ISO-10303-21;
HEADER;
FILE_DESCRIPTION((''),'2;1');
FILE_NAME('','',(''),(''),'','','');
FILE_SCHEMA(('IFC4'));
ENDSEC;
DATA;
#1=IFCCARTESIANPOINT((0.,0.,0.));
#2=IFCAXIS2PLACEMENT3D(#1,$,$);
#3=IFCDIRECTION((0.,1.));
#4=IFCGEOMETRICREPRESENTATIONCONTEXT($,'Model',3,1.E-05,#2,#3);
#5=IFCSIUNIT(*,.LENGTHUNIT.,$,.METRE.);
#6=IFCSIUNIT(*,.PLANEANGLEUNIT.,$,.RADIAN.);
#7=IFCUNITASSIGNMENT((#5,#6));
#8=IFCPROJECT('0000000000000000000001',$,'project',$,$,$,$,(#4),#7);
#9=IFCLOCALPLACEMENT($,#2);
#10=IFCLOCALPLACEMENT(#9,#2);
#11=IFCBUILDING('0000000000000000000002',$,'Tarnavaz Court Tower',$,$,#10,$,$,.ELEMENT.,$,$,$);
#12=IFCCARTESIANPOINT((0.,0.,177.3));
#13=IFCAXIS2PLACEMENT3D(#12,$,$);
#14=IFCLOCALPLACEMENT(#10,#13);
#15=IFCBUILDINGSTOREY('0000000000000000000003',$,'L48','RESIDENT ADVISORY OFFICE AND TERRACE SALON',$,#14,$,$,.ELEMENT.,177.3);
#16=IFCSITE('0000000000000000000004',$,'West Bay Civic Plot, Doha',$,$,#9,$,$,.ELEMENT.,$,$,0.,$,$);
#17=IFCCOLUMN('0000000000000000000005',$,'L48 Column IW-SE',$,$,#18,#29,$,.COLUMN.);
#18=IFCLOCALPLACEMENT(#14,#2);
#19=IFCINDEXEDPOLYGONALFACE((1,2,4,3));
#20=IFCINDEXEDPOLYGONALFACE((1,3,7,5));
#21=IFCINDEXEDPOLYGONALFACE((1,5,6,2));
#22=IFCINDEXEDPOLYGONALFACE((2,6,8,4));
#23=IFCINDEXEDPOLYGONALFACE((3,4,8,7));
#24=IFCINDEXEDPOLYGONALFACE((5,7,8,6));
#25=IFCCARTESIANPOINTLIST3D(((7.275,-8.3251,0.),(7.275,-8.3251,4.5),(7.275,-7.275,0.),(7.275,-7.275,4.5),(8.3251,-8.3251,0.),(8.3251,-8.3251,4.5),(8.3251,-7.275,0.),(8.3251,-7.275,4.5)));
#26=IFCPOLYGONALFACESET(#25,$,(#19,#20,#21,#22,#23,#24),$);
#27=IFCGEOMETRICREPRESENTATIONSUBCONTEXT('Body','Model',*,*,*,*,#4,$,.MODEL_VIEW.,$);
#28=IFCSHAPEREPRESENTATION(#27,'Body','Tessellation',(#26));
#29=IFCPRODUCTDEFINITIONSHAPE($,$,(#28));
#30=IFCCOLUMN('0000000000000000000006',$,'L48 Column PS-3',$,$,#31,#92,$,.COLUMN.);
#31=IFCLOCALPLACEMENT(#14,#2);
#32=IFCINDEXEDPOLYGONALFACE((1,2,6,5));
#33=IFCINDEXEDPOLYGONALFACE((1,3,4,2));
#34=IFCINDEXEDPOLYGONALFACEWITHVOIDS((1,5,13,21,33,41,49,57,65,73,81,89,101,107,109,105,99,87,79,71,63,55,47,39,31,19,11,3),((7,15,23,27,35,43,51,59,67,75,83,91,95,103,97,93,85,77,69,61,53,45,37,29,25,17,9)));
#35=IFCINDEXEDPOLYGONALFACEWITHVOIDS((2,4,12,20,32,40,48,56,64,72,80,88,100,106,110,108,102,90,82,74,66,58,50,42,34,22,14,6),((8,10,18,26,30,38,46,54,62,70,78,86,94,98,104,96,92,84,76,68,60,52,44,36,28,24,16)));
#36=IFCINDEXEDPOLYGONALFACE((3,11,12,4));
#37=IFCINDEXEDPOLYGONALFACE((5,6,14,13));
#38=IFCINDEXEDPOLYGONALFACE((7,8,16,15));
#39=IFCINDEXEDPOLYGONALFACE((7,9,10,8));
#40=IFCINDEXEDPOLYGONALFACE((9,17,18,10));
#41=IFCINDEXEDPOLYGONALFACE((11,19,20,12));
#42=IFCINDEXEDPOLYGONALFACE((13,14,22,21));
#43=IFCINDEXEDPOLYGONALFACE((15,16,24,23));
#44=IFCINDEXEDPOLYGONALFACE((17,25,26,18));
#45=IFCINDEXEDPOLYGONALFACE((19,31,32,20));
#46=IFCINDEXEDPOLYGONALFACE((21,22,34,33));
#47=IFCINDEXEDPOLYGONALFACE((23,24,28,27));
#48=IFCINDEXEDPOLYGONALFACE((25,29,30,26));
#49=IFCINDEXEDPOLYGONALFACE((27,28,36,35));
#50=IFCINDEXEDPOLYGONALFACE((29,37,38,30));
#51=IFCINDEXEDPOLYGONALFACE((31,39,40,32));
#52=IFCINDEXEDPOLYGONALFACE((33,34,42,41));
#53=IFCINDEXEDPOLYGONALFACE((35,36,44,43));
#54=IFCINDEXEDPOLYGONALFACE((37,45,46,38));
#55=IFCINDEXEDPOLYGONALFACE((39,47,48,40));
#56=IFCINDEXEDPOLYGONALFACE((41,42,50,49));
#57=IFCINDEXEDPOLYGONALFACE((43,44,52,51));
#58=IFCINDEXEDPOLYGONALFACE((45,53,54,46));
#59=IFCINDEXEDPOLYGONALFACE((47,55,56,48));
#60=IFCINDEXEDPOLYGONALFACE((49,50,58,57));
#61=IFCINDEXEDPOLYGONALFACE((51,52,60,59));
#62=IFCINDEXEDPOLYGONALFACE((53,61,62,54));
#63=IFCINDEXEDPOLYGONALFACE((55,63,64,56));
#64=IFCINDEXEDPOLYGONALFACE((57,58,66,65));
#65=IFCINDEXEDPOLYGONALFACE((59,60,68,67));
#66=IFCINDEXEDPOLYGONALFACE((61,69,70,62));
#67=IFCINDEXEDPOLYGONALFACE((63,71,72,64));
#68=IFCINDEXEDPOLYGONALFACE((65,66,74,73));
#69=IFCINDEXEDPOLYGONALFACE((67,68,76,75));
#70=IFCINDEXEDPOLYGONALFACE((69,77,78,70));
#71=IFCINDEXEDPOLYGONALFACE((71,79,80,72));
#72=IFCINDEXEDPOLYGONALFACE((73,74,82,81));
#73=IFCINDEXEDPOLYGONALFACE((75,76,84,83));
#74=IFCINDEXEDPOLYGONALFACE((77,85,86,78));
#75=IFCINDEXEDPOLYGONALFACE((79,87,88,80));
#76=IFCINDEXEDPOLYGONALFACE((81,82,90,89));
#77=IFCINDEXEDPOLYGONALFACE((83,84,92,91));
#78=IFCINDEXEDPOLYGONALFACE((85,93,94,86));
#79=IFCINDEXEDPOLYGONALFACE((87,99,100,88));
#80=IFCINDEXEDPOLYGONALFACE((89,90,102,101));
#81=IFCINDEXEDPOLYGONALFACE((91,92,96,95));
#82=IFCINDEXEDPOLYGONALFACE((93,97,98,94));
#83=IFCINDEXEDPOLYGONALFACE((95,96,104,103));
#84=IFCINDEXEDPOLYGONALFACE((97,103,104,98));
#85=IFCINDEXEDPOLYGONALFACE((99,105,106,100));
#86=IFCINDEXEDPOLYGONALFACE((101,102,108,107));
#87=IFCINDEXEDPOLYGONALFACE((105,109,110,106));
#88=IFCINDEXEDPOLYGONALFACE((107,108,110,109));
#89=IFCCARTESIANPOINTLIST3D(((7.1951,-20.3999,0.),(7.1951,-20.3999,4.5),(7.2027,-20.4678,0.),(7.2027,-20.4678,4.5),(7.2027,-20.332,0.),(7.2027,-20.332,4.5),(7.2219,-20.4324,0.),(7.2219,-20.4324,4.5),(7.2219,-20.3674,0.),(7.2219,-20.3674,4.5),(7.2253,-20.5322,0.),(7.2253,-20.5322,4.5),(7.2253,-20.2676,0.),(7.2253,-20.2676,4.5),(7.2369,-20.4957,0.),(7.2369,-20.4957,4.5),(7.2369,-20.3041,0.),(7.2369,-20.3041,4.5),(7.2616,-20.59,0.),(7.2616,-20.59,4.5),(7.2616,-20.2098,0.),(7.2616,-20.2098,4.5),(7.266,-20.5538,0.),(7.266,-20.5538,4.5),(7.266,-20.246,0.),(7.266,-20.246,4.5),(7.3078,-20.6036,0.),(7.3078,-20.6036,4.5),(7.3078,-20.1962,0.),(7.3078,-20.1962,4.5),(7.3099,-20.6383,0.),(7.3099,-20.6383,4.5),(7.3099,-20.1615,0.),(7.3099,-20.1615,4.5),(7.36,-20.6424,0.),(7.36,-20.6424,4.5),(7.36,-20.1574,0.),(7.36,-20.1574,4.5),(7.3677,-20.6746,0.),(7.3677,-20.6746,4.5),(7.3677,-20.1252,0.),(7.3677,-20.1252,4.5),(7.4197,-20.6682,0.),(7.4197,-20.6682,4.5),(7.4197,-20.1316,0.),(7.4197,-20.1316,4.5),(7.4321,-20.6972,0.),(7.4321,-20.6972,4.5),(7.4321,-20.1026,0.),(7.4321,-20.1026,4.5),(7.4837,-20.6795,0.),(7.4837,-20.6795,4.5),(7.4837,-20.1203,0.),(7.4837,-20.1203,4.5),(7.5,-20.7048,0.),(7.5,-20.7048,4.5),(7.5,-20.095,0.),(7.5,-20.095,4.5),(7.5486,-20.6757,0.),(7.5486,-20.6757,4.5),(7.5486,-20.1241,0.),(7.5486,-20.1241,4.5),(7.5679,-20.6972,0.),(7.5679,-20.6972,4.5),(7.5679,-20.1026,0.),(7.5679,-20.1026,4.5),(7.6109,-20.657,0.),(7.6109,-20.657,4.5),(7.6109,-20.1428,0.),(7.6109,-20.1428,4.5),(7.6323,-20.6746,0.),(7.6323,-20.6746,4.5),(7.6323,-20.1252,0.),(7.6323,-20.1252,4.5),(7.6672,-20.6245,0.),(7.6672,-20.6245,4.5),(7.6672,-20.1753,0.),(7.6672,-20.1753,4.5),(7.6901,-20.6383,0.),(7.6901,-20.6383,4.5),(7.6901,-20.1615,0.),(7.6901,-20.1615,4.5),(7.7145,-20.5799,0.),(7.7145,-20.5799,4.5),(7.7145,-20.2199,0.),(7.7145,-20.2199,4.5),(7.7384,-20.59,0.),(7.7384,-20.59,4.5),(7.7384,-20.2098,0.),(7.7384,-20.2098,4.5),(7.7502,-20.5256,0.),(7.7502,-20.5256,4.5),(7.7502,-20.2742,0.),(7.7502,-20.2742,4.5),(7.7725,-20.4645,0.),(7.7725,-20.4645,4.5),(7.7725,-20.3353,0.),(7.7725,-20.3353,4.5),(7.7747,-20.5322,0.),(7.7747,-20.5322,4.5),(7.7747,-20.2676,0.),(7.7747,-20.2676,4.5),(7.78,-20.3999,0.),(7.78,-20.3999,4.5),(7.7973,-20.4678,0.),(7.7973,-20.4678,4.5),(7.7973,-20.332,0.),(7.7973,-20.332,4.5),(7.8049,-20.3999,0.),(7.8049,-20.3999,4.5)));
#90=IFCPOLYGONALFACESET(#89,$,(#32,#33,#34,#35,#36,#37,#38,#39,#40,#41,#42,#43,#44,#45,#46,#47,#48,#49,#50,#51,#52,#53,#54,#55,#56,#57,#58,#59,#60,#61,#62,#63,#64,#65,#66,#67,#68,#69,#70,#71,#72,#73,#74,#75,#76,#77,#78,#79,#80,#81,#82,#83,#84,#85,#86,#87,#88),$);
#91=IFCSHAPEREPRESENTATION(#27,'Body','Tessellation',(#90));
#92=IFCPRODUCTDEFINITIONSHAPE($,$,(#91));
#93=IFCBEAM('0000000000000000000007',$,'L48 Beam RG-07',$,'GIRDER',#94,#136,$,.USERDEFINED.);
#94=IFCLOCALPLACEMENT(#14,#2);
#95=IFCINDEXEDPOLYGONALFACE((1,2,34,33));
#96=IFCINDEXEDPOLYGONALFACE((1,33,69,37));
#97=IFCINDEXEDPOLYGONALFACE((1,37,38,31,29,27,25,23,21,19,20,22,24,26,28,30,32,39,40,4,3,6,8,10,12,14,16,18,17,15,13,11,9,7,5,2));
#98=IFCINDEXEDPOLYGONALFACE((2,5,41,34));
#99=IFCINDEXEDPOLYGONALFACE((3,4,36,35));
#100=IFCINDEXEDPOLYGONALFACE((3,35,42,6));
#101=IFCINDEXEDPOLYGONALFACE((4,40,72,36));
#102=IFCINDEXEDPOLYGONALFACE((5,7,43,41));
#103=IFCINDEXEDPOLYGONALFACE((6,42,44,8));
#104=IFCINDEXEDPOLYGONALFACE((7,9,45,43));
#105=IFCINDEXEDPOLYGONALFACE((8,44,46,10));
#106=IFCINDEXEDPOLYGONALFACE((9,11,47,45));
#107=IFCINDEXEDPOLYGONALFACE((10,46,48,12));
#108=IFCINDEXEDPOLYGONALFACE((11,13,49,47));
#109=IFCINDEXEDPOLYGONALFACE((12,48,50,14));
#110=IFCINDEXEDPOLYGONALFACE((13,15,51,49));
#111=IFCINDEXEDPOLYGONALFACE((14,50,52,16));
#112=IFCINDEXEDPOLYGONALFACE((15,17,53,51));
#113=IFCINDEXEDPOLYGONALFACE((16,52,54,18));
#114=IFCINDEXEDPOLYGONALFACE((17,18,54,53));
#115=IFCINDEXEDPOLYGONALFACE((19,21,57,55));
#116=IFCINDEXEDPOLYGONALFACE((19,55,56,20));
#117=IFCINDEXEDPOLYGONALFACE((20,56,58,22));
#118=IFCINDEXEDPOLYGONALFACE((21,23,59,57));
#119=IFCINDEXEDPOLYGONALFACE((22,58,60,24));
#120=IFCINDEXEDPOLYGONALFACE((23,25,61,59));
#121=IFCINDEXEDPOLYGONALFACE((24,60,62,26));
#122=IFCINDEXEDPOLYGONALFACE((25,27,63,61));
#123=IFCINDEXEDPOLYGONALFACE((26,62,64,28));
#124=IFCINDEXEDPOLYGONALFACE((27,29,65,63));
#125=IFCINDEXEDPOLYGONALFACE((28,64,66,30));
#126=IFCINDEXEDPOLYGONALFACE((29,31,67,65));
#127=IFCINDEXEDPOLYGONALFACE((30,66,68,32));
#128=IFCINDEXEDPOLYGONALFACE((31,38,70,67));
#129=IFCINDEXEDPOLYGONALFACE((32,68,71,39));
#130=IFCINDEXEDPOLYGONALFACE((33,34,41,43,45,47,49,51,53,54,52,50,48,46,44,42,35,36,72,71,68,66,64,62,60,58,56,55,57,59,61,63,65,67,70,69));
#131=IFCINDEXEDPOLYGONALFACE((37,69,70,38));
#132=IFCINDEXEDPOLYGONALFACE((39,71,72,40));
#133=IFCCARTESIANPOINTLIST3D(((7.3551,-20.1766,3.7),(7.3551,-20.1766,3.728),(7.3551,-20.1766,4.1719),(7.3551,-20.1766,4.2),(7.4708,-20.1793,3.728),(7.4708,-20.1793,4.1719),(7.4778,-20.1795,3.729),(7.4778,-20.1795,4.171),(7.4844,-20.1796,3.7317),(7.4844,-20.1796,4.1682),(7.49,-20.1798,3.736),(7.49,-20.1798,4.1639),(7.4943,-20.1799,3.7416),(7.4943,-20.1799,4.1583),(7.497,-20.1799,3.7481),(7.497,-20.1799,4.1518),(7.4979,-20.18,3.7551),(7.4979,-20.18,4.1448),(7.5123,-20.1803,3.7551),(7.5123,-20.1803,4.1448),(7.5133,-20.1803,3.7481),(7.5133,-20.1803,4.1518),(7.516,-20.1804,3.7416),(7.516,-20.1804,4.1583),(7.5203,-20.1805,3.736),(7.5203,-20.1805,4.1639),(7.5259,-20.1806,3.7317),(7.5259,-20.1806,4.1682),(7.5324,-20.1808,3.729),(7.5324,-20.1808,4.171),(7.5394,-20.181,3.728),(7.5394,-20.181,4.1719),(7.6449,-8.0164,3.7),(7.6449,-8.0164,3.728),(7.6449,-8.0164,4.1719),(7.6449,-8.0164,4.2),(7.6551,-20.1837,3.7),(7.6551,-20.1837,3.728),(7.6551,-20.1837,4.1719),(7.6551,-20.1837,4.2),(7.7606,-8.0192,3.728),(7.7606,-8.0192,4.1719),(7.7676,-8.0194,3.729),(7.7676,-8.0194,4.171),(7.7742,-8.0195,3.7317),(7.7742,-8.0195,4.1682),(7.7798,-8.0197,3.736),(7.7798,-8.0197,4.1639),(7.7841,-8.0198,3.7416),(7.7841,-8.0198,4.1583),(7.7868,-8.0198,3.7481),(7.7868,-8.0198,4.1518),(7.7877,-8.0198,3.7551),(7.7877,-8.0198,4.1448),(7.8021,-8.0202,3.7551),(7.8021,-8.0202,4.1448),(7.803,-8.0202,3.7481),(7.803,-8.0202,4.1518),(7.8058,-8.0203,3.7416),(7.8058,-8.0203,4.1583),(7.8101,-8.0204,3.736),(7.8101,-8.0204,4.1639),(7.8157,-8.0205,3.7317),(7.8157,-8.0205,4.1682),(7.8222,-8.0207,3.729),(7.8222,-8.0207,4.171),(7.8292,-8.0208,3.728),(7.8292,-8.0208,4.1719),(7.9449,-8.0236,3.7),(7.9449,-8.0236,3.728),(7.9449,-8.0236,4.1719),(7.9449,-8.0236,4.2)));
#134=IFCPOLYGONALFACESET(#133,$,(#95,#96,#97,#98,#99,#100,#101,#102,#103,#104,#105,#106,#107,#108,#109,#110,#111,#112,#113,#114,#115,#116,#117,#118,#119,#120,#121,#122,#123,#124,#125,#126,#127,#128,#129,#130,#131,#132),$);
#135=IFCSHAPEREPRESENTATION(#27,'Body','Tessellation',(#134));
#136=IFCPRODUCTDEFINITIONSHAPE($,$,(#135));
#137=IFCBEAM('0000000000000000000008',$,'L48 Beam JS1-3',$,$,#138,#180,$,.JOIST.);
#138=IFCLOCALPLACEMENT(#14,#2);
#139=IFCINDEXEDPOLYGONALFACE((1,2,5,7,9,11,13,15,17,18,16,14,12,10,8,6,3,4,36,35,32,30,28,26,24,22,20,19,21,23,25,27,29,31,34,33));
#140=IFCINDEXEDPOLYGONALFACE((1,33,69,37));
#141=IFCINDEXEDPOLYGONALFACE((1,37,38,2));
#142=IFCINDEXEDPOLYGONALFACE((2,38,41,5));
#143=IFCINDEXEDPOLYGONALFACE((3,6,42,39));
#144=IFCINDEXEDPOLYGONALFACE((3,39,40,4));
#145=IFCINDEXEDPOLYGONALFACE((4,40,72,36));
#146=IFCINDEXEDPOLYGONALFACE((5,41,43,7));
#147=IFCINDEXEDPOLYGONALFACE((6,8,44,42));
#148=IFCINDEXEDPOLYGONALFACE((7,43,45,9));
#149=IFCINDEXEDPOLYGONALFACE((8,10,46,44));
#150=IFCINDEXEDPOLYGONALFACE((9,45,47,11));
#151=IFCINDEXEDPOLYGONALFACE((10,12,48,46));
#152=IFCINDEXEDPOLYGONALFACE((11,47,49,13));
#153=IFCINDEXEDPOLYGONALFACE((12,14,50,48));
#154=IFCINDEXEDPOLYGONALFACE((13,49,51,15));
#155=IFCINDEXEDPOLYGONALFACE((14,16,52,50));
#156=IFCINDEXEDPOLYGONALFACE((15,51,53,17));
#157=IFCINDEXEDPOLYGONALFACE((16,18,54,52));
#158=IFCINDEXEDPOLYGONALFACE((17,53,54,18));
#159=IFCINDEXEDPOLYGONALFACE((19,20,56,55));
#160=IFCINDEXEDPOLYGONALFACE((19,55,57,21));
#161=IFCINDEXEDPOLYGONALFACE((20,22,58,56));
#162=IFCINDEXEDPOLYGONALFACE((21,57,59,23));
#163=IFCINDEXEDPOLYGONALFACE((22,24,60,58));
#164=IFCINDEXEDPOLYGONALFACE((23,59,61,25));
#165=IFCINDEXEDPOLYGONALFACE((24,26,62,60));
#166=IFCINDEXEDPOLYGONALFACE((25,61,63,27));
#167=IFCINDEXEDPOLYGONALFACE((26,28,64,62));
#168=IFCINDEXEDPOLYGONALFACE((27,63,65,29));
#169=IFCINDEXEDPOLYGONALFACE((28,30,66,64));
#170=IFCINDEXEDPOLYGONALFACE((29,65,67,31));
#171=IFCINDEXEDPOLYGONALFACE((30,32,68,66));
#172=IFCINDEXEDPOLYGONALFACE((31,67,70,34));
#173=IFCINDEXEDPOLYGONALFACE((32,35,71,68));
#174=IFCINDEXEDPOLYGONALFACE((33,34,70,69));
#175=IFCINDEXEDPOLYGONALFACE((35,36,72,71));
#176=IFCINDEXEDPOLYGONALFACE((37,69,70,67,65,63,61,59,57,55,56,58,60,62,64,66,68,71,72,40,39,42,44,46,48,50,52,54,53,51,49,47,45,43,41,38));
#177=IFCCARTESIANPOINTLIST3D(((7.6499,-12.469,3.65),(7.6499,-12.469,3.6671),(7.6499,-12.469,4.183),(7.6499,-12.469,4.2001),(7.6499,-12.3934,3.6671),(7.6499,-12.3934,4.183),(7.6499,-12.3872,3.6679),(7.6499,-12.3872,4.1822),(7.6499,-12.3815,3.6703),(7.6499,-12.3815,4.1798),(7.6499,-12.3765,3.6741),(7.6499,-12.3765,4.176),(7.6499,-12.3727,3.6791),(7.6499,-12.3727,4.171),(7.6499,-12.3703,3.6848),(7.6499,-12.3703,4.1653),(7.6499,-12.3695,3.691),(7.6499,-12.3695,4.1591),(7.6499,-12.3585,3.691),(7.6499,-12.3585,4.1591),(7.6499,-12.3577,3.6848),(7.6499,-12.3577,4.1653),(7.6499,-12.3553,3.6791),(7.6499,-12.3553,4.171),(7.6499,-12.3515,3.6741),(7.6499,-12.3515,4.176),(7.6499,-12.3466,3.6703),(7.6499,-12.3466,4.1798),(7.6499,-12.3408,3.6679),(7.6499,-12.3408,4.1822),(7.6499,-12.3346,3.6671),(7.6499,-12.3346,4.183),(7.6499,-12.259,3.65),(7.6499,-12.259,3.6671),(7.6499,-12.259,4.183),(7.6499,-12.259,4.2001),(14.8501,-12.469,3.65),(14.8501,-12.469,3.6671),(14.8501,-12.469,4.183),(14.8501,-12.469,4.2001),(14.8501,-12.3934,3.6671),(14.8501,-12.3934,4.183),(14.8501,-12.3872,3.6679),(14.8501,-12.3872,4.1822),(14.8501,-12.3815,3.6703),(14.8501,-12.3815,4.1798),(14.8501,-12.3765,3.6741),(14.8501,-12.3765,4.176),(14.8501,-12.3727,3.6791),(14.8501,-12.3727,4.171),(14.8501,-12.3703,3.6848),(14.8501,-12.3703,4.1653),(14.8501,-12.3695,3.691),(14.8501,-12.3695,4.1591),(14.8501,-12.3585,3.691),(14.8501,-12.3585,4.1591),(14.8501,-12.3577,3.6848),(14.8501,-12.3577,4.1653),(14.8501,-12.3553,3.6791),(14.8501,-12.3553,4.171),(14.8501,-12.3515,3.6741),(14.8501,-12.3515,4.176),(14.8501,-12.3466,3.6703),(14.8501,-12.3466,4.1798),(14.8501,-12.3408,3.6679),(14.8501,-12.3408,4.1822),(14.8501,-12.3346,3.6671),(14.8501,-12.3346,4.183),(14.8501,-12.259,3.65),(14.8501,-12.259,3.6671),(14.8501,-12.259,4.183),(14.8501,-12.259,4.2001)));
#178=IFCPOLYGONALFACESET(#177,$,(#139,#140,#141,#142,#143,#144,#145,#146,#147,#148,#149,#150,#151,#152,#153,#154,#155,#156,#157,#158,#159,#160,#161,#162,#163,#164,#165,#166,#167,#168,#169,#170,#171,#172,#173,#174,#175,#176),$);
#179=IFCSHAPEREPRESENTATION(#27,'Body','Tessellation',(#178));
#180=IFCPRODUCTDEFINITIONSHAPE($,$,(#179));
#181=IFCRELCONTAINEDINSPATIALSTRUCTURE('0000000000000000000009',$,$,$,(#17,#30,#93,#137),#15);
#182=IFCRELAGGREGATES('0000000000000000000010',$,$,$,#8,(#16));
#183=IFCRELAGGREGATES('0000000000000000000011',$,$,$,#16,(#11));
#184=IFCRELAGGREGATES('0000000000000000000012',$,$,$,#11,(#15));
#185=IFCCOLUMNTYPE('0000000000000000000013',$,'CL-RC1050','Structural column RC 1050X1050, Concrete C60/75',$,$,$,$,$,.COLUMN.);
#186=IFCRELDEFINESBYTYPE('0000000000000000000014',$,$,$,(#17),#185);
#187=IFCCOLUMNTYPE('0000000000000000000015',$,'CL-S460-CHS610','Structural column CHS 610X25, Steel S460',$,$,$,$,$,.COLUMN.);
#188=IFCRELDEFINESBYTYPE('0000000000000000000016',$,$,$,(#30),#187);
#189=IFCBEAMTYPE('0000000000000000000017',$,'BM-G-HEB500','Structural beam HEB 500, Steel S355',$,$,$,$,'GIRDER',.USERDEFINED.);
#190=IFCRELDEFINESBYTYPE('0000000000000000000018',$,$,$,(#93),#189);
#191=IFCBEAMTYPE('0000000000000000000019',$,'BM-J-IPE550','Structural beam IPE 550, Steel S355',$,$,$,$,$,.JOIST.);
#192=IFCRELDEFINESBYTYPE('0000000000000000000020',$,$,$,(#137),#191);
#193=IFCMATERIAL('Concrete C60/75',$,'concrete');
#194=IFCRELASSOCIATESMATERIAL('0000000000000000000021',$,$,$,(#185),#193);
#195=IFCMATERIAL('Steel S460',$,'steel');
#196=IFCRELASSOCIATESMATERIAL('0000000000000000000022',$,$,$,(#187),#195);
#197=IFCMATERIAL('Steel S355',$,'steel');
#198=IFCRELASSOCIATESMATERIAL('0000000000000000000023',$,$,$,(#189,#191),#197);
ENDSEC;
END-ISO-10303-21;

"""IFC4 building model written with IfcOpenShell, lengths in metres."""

from ifc_helpers import new_model, si_unit, direction, frame, origin, origin_2d, place, context, subcontext, project, spatial, rectangle, hollow_circle, i_section, extrude, material, material_profile, profile_set, type_object, element, save


model = new_model("IFC4")

# Units and contexts
model_context = context("Model", 3, precision=1e-05, world=origin(), true_north=direction((0.0, 1.0)))
body_context = subcontext(model_context, "Body", "Model", "MODEL_VIEW")
ifc_project = project(units=[si_unit("LENGTHUNIT", "METRE"), si_unit("PLANEANGLEUNIT", "RADIAN")], contexts=[model_context])

# Site, building, storey
site_placement = place(None, origin())
site = spatial("IfcSite", under=ifc_project, at=site_placement, Name="West Bay Civic Plot, Doha", CompositionType="ELEMENT", RefElevation=0.0)
building_placement = place(site_placement, origin())
building = spatial("IfcBuilding", under=site, at=building_placement, Name="Tarnavaz Court Tower", CompositionType="ELEMENT")
storey_placement = place(building_placement, frame((0.0, 0.0, 177.3)))
storey = spatial("IfcBuildingStorey", under=building, at=storey_placement, Name="L48", Description="RESIDENT ADVISORY OFFICE AND TERRACE SALON", CompositionType="ELEMENT", Elevation=177.3)

# Columns
ifc_material_1 = material(Name="Concrete C60/75", Category="concrete")
ifc_material_profile_1 = material_profile(ifc_material_1, rectangle(XDim=1.05, YDim=1.05, at=origin_2d()), Name="RC 1050X1050")
ifc_profile_set_1 = profile_set([ifc_material_profile_1], Name="Concrete C60/75")
column_type_1 = type_object("IfcColumnType", Name="CL-RC1050", Description="Structural column RC 1050X1050, Concrete C60/75", PredefinedType="COLUMN", material=ifc_profile_set_1)
column_1_placement = place(storey_placement, frame((7.8, -7.8, 0.0), z_axis=(0.0, 0.0, 1.0), x_axis=(1.0, 0.0, 0.0)))
element("IfcColumn", 1, at=column_1_placement, inside=storey, type_object=column_type_1, Name="L48 Column IW-SE", PredefinedType="COLUMN", context=body_context, shape_type="SweptSolid", body=[
    extrude(rectangle(XDim=1.05, YDim=1.05, at=origin_2d()), origin(), (0.0, 0.0, 1.0), 4.5),
])
ifc_material_2 = material(Name="Steel S460", Category="steel")
ifc_material_profile_2 = material_profile(ifc_material_2, hollow_circle(Radius=0.3049, WallThickness=0.0249, at=origin_2d()), Name="CHS 610X25")
ifc_profile_set_2 = profile_set([ifc_material_profile_2], Name="Steel S460")
column_type_2 = type_object("IfcColumnType", Name="CL-S460-CHS610", Description="Structural column CHS 610X25, Steel S460", PredefinedType="COLUMN", material=ifc_profile_set_2)
column_2_placement = place(storey_placement, frame((7.5, -20.3999, 0.0), z_axis=(0.0, 0.0, 1.0), x_axis=(1.0, 0.0, 0.0)))
element("IfcColumn", 2, at=column_2_placement, inside=storey, type_object=column_type_2, Name="L48 Column PS-3", PredefinedType="COLUMN", context=body_context, shape_type="SweptSolid", body=[
    extrude(hollow_circle(Radius=0.3049, WallThickness=0.0249, at=origin_2d()), origin(), (0.0, 0.0, 1.0), 4.5),
])

# Beams
ifc_material_3 = material(Name="Steel S355", Category="steel")
ifc_material_profile_3 = material_profile(ifc_material_3, i_section(OverallWidth=0.3, OverallDepth=0.5, WebThickness=0.0144, FlangeThickness=0.0281, FilletRadius=0.0271, at=origin_2d()), Name="HEB 500")
ifc_profile_set_3 = profile_set([ifc_material_profile_3], Name="Steel S355")
beam_type_1 = type_object("IfcBeamType", Name="BM-G-HEB500", Description="Structural beam HEB 500, Steel S355", ElementType="GIRDER", PredefinedType="USERDEFINED", material=ifc_profile_set_3)
beam_1_placement = place(storey_placement, frame((7.7949, -8.02, 3.95), z_axis=(-0.023825, -0.999716, 0.0), x_axis=(0.999716, -0.023825, 0.0)))
element("IfcBeam", 3, at=beam_1_placement, inside=storey, type_object=beam_type_1, Name="L48 Beam RG-07", ObjectType="GIRDER", PredefinedType="USERDEFINED", context=body_context, shape_type="SweptSolid", body=[
    extrude(i_section(OverallWidth=0.3, OverallDepth=0.5, WebThickness=0.0144, FlangeThickness=0.0281, FilletRadius=0.0271, at=origin_2d()), origin(), (0.0, 0.0, 1.0), 12.1636),
])
ifc_material_profile_4 = material_profile(ifc_material_3, i_section(OverallWidth=0.21, OverallDepth=0.55, WebThickness=0.011, FlangeThickness=0.0171, FilletRadius=0.0239, at=origin_2d()), Name="IPE 550")
ifc_profile_set_4 = profile_set([ifc_material_profile_4], Name="Steel S355")
beam_type_2 = type_object("IfcBeamType", Name="BM-J-IPE550", Description="Structural beam IPE 550, Steel S355", PredefinedType="JOIST", material=ifc_profile_set_4)
for number, where, z_axis, x_axis, name in (
    (4, (7.6499, -12.364, 3.925), (1.0, 0.0, 0.0), (0.0, 1.0, 0.0), "L48 Beam JS1-3"),
):
    element("IfcBeam", number, at=place(storey_placement, frame(where, z_axis=z_axis, x_axis=x_axis)), inside=storey, type_object=beam_type_2, Name=name, PredefinedType="JOIST", context=body_context, shape_type="SweptSolid", body=[
        extrude(i_section(OverallWidth=0.21, OverallDepth=0.55, WebThickness=0.011, FlangeThickness=0.0171, FilletRadius=0.0239, at=origin_2d()), origin(), (0.0, 0.0, 1.0), 7.2002),
    ])

save(model, "model.ifc")
